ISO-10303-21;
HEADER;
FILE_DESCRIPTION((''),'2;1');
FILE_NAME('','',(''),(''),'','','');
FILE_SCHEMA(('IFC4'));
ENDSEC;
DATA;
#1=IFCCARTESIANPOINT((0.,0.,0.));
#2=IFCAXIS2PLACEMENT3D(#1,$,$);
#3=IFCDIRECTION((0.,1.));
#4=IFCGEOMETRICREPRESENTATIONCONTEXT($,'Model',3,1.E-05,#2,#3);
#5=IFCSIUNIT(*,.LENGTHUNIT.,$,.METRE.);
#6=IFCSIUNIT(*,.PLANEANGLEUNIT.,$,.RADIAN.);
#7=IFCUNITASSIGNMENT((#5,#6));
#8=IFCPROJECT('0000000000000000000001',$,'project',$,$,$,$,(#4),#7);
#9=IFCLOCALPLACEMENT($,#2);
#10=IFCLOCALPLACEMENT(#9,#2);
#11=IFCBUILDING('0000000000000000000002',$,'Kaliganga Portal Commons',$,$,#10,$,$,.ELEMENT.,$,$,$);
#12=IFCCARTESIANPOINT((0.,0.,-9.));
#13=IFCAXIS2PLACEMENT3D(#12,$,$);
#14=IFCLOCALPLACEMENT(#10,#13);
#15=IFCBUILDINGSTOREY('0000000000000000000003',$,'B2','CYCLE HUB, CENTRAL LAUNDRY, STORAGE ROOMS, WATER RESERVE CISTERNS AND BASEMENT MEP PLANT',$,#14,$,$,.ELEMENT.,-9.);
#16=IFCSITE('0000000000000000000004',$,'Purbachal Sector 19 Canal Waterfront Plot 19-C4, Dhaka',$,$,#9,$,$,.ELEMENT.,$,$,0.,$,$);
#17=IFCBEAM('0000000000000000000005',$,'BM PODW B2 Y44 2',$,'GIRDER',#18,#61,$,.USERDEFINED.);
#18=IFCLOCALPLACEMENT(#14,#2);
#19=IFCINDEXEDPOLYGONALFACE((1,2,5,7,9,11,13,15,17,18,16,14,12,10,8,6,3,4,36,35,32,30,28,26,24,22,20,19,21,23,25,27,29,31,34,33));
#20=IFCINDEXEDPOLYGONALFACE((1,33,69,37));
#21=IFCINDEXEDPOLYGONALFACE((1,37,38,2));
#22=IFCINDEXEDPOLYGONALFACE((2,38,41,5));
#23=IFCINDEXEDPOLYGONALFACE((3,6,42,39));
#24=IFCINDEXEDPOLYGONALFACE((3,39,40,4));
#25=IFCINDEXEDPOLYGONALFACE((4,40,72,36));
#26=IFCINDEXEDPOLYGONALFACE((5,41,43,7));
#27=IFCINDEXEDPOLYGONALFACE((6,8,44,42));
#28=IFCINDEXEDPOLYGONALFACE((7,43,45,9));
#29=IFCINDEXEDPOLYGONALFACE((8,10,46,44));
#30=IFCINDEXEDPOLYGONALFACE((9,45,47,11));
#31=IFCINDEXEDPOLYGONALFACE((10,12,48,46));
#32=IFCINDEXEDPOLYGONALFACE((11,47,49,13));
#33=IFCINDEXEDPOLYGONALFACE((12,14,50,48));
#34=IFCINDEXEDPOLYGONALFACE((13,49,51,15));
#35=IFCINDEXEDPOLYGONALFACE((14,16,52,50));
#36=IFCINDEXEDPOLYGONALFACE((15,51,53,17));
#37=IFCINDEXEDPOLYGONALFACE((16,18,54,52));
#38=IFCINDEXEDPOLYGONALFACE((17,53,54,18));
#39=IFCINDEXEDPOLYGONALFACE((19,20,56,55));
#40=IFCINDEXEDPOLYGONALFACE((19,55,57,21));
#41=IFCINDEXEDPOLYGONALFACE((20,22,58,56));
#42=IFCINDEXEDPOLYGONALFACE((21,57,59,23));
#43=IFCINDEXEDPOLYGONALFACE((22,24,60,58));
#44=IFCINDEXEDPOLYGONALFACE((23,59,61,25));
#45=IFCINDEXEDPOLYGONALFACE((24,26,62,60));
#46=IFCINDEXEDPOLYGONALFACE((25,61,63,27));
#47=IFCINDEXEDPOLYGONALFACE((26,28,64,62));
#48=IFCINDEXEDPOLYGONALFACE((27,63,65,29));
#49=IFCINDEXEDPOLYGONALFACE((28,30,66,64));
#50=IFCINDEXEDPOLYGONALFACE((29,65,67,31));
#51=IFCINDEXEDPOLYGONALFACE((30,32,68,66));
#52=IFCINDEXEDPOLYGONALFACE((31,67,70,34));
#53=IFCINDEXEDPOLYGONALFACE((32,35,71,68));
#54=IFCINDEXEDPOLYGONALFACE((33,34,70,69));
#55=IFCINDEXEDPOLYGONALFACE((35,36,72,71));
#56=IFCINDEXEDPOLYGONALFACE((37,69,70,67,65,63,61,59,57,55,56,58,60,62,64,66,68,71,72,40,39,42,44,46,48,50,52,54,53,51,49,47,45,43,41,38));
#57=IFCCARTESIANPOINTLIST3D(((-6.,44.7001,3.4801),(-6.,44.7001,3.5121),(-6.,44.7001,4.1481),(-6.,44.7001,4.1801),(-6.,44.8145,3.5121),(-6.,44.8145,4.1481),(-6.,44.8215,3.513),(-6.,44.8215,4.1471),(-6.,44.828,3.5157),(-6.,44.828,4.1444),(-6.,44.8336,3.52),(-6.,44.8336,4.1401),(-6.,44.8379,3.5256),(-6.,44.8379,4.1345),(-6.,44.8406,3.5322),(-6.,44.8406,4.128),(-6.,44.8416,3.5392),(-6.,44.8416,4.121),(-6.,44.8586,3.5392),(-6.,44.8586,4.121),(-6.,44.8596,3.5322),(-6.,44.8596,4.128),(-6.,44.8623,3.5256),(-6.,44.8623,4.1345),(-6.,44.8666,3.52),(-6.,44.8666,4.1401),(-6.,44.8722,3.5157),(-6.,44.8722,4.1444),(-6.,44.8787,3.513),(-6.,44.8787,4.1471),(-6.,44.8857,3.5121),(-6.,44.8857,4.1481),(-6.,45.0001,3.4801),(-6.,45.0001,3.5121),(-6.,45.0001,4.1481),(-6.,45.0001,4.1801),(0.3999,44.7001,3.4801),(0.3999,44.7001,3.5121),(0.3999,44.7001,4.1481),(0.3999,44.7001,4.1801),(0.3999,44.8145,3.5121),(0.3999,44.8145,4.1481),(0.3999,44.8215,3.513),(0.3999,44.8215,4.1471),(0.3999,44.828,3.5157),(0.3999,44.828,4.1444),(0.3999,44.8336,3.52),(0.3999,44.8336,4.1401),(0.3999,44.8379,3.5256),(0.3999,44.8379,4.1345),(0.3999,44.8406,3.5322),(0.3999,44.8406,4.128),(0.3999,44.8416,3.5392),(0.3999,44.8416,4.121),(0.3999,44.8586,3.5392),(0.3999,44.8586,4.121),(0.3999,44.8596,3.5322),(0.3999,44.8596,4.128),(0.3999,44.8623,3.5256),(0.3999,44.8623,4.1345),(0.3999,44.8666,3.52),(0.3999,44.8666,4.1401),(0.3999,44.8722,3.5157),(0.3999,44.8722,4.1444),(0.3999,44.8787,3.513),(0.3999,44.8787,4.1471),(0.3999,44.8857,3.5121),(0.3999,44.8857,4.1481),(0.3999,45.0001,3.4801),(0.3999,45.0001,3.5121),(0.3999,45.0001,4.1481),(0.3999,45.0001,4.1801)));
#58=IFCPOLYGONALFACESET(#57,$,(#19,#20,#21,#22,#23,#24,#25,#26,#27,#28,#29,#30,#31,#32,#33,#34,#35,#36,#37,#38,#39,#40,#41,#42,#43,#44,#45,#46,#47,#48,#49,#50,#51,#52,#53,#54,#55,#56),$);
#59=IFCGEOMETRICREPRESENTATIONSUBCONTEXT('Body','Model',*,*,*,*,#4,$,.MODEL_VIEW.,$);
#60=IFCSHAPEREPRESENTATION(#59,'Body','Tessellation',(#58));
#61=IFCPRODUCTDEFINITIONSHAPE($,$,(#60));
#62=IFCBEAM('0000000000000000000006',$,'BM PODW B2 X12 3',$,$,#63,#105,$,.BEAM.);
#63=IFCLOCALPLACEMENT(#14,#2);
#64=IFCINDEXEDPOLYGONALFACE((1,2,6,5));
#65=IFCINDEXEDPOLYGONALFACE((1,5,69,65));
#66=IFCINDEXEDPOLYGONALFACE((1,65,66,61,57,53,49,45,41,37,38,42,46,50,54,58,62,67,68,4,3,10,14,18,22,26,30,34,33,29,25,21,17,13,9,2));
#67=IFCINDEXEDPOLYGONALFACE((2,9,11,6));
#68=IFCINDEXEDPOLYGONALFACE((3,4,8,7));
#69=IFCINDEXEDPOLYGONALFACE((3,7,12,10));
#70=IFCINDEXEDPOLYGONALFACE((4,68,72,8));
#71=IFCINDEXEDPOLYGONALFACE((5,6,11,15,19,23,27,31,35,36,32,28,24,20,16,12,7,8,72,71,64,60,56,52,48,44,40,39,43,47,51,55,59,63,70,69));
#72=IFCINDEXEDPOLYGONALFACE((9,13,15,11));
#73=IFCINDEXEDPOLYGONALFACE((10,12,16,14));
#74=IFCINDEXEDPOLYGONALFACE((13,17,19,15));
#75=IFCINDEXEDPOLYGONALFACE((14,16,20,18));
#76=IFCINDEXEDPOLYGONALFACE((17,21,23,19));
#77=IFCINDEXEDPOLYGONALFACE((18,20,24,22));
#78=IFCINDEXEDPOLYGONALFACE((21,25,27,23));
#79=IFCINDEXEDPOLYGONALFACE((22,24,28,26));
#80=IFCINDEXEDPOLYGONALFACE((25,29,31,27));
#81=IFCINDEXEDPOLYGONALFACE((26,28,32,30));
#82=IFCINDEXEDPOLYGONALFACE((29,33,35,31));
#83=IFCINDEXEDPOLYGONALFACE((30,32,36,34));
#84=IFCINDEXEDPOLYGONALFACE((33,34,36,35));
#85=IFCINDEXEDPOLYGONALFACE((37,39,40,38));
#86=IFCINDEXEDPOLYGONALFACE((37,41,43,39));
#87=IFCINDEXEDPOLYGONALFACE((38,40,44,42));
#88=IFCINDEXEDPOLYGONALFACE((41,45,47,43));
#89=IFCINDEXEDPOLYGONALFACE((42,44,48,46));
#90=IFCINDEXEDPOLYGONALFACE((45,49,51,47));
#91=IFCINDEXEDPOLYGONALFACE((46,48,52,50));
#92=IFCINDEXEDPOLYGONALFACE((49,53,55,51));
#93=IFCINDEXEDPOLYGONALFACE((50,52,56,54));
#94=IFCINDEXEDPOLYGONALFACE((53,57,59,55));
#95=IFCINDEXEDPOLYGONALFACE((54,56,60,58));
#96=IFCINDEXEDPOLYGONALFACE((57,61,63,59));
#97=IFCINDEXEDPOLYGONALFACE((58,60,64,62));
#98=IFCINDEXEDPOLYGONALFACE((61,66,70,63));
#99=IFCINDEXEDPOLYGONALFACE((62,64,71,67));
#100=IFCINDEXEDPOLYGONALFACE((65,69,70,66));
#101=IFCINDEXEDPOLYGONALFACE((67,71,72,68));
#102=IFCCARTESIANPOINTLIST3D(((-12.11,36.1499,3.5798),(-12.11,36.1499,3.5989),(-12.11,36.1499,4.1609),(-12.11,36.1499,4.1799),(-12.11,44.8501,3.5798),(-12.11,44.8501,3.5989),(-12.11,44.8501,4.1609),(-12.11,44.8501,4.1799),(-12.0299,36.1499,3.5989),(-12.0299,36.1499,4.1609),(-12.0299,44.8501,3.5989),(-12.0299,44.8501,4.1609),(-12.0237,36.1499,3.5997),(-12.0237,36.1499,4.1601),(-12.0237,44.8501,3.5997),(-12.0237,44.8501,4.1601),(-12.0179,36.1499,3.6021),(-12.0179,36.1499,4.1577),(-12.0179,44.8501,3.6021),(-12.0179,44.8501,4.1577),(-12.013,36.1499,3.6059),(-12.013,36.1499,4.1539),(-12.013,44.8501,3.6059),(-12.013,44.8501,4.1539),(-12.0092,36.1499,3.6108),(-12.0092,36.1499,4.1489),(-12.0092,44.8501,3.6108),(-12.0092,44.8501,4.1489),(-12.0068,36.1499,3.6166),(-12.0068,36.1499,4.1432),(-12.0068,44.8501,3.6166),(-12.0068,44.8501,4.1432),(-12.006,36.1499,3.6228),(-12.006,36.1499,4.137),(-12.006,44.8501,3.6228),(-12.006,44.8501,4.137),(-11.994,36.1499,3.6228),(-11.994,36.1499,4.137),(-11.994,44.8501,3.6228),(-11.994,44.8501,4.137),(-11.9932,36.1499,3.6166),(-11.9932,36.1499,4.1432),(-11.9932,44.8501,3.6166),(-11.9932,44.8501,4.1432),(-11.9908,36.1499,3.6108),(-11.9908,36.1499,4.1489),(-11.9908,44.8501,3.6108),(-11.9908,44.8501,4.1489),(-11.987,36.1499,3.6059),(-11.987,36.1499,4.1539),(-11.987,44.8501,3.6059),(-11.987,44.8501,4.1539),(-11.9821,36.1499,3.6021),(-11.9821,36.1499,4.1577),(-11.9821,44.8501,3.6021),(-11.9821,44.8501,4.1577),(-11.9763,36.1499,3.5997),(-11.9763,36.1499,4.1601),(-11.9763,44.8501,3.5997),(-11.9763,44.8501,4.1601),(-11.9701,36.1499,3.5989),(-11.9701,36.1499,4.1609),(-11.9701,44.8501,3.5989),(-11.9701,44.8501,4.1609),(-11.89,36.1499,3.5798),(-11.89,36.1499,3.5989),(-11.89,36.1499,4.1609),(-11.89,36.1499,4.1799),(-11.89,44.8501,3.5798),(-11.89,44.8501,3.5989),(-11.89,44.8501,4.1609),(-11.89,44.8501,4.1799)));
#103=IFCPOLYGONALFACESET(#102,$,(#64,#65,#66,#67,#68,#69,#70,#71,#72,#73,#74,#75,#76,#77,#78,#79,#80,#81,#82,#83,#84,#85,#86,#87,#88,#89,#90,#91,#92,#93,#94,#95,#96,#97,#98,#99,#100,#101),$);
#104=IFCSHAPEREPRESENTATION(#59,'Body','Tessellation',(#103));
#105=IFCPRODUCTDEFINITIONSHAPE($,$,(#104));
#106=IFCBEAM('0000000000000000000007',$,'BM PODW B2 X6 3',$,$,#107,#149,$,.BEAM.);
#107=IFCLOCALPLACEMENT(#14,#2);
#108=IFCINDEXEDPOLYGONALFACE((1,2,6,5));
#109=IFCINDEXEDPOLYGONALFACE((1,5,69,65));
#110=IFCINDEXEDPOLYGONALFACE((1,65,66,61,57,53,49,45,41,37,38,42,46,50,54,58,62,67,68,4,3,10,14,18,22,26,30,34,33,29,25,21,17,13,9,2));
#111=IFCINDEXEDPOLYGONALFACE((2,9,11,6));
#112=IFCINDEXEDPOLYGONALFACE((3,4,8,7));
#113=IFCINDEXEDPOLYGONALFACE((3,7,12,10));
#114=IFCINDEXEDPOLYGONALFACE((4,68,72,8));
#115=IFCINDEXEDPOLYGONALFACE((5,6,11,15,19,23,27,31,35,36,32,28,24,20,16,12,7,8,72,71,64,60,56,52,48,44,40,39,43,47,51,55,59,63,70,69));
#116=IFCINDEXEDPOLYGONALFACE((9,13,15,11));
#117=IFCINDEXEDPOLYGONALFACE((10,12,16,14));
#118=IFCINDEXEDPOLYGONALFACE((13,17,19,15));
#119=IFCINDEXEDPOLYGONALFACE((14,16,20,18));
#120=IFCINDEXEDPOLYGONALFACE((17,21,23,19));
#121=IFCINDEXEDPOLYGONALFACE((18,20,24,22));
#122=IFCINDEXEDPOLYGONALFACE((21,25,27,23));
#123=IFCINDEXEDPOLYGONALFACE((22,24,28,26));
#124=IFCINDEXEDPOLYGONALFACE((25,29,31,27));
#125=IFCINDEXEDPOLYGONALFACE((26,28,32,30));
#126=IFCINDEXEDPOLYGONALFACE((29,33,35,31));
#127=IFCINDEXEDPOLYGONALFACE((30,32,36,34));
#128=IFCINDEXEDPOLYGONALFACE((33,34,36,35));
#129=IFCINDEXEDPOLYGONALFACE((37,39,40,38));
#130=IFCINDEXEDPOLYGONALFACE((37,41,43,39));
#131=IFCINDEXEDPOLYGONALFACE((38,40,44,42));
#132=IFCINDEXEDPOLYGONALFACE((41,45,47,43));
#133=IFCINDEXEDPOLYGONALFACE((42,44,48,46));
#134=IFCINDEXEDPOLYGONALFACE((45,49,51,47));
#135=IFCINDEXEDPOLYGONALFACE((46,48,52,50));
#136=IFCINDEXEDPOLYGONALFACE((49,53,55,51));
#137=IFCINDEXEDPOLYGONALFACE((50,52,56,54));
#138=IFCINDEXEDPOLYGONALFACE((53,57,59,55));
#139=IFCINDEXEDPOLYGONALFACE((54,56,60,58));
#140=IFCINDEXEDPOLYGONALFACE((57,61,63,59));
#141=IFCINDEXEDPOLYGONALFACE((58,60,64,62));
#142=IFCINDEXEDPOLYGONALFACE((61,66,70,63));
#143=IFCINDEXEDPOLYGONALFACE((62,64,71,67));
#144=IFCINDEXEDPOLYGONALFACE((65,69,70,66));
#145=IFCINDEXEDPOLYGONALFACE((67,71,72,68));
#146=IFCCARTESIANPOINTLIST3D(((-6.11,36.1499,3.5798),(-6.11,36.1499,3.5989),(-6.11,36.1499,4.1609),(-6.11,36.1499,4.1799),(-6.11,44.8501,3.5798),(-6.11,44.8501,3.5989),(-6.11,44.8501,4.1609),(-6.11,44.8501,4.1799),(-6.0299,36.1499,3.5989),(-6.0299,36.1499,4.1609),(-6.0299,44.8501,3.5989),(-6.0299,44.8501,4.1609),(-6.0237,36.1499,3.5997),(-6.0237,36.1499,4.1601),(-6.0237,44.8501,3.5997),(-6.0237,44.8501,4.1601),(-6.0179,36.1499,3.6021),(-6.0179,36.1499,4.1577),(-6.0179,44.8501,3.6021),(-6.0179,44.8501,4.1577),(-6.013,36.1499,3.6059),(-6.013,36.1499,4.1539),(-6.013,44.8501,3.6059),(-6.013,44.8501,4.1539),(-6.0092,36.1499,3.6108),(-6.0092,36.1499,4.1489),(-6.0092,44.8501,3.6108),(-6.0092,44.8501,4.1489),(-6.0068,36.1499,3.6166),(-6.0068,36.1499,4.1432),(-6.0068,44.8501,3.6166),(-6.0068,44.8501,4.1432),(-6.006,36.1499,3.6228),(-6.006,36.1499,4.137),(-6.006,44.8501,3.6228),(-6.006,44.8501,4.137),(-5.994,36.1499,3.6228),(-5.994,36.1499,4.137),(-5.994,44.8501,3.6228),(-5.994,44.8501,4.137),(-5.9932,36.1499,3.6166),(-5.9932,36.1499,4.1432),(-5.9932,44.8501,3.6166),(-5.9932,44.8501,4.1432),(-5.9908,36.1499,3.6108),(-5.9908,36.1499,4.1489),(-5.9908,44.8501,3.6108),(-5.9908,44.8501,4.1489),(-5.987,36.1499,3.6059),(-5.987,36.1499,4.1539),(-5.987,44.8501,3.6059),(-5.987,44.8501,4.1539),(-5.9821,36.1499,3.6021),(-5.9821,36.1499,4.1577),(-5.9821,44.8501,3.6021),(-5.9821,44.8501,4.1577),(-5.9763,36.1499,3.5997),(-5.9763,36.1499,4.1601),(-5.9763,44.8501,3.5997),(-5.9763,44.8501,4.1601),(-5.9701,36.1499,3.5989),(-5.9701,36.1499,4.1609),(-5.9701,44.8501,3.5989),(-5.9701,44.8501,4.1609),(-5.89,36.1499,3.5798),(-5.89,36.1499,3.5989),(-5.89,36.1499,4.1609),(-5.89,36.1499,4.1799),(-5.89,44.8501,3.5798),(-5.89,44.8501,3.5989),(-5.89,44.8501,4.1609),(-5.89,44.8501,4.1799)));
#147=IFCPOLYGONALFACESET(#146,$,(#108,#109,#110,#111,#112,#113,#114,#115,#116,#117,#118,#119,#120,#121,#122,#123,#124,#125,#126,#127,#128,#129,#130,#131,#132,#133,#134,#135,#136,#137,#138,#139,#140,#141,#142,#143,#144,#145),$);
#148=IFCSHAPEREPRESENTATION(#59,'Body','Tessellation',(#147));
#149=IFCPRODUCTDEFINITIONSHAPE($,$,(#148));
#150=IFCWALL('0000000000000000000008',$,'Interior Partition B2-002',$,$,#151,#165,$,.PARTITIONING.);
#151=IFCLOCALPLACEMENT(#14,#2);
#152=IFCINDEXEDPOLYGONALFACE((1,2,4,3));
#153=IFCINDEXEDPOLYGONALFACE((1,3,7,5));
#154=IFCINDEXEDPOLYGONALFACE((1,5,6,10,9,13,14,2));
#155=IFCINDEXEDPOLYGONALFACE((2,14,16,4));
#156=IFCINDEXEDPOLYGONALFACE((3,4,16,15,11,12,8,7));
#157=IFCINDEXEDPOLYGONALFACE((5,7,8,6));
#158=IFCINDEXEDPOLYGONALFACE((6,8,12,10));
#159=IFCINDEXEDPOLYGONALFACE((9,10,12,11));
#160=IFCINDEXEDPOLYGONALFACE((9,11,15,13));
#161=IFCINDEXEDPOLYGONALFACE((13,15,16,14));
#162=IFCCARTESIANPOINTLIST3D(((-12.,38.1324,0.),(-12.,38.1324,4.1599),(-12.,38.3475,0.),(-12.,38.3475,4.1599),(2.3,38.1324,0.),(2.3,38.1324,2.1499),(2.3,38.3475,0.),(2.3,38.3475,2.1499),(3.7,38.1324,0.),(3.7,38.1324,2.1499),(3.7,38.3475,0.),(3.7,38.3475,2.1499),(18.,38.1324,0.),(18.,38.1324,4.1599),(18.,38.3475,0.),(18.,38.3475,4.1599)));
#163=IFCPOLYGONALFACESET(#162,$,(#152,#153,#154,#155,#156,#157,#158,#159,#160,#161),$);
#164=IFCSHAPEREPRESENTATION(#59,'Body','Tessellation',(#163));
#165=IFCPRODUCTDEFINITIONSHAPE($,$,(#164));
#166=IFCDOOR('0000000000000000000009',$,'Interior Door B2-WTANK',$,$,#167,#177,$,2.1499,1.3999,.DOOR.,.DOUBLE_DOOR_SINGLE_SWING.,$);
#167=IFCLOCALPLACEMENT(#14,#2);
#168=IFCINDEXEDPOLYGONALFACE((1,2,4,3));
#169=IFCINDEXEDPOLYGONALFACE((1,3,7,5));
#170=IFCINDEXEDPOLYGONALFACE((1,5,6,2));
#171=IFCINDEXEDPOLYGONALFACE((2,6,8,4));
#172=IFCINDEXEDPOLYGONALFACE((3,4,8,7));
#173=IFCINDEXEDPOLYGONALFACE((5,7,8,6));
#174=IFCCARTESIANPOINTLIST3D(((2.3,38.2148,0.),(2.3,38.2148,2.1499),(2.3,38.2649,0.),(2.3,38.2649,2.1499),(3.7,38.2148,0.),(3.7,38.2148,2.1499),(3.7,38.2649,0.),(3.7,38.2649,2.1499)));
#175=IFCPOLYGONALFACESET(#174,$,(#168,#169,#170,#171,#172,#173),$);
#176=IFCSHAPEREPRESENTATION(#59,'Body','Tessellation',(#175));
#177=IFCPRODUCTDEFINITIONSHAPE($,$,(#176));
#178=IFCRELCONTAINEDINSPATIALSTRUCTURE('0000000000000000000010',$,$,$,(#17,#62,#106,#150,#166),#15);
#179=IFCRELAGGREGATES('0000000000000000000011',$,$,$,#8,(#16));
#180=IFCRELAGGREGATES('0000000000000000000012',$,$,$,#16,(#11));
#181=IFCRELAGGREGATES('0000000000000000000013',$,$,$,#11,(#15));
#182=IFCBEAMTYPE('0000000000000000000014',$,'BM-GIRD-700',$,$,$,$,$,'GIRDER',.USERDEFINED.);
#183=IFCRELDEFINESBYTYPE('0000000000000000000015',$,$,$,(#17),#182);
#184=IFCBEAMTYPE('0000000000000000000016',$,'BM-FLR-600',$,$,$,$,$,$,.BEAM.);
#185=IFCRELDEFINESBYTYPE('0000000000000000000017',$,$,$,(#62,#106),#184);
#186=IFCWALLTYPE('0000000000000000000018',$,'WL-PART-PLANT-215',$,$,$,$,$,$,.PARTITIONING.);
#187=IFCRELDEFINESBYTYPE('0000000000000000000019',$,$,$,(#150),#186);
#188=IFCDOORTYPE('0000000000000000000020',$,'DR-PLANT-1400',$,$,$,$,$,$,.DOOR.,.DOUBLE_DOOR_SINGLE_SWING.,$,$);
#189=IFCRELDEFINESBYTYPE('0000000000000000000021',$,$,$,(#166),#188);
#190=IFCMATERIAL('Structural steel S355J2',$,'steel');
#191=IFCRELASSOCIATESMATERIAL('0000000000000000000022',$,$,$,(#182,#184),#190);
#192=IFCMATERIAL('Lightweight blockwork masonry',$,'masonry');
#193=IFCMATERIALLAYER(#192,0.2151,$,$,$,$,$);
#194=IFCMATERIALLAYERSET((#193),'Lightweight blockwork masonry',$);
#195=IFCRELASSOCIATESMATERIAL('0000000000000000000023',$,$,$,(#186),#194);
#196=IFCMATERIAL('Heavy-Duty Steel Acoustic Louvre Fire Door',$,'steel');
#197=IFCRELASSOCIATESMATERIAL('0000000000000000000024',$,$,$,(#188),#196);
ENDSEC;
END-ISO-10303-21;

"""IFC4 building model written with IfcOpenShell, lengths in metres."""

from ifc_helpers import new_model, si_unit, direction, frame, frame_2d, origin, origin_2d, place, context, subcontext, project, spatial, rectangle, i_section, extrude, source, transform, mapped, material, layer, layer_set, material_profile, profile_set, type_object, element, fill, save


model = new_model("IFC4")

# Units and contexts
model_context = context("Model", 3, precision=1e-05, world=origin(), true_north=direction((0.0, 1.0)))
body_context = subcontext(model_context, "Body", "Model", "MODEL_VIEW")
ifc_project = project(units=[si_unit("LENGTHUNIT", "METRE"), si_unit("PLANEANGLEUNIT", "RADIAN")], contexts=[model_context])

# Site, building, storey
site_placement = place(None, origin())
site = spatial("IfcSite", under=ifc_project, at=site_placement, Name="Purbachal Sector 19 Canal Waterfront Plot 19-C4, Dhaka", CompositionType="ELEMENT", RefElevation=0.0)
building_placement = place(site_placement, origin())
building = spatial("IfcBuilding", under=site, at=building_placement, Name="Kaliganga Portal Commons", CompositionType="ELEMENT")
storey_placement = place(building_placement, frame((0.0, 0.0, -9.0)))
storey = spatial("IfcBuildingStorey", under=building, at=storey_placement, Name="B2", Description="CYCLE HUB, CENTRAL LAUNDRY, STORAGE ROOMS, WATER RESERVE CISTERNS AND BASEMENT MEP PLANT", CompositionType="ELEMENT", Elevation=-9.0)

# Beams
ifc_material_1 = material(Name="Structural steel S355J2", Category="steel")
ifc_material_profile_1 = material_profile(ifc_material_1, i_section(OverallWidth=0.3, OverallDepth=0.7, WebThickness=0.0171, FlangeThickness=0.032, FilletRadius=0.0271, at=origin_2d()), Name="HE 700 B")
ifc_profile_set_1 = profile_set([ifc_material_profile_1], Name="Structural steel S355J2 wide-flange")
beam_type_1 = type_object("IfcBeamType", Name="BM-GIRD-700", ElementType="GIRDER", PredefinedType="USERDEFINED", material=ifc_profile_set_1)
ifc_material_profile_2 = material_profile(ifc_material_1, i_section(OverallWidth=0.22, OverallDepth=0.6001, WebThickness=0.012, FlangeThickness=0.019, FilletRadius=0.0239, at=origin_2d()), Name="IPE 600")
ifc_profile_set_2 = profile_set([ifc_material_profile_2], Name="Structural steel S355J2 wide-flange")
beam_type_2 = type_object("IfcBeamType", Name="BM-FLR-600", PredefinedType="BEAM", material=ifc_profile_set_2)
shared_shape_1 = source(origin(), body_context, "Body", "SweptSolid", [
    extrude(i_section(OverallWidth=0.3, OverallDepth=0.7, WebThickness=0.0171, FlangeThickness=0.032, FilletRadius=0.0271, at=origin_2d()), origin(), (0.0, 0.0, 1.0), 6.3999),
])
for number, where, z_axis, x_axis, name in (
    (1, (-6.0, 44.8501, 3.8301), (1.0, 0.0, 0.0), (0.0, 1.0, 0.0), "BM PODW B2 Y44 2"),
):
    element("IfcBeam", number, at=place(storey_placement, frame(where, z_axis=z_axis, x_axis=x_axis)), inside=storey, type_object=beam_type_1, Name=name, ObjectType="GIRDER", PredefinedType="USERDEFINED", context=body_context, shape_type="MappedRepresentation", body=[
        mapped(shared_shape_1, transform((0.0, 0.0, 0.0), x_axis=(1.0, 0.0, 0.0), y_axis=(0.0, 1.0, 0.0), z_axis=(0.0, 0.0, 1.0), scale=1.0)),
    ])
shared_shape_2 = source(origin(), body_context, "Body", "SweptSolid", [
    extrude(i_section(OverallWidth=0.22, OverallDepth=0.6001, WebThickness=0.012, FlangeThickness=0.019, FilletRadius=0.0239, at=origin_2d()), origin(), (0.0, 0.0, 1.0), 8.7002),
])
for number, where, z_axis, x_axis, name in (
    (2, (-12.0, 36.1499, 3.8799), (0.0, 1.0, 0.0), (-1.0, 0.0, 0.0), "BM PODW B2 X12 3"),
    (3, (-6.0, 36.1499, 3.8799), (0.0, 1.0, 0.0), (-1.0, 0.0, 0.0), "BM PODW B2 X6 3"),
):
    element("IfcBeam", number, at=place(storey_placement, frame(where, z_axis=z_axis, x_axis=x_axis)), inside=storey, type_object=beam_type_2, Name=name, PredefinedType="BEAM", context=body_context, shape_type="MappedRepresentation", body=[
        mapped(shared_shape_2, transform((0.0, 0.0, 0.0), x_axis=(1.0, 0.0, 0.0), y_axis=(0.0, 1.0, 0.0), z_axis=(0.0, 0.0, 1.0), scale=1.0)),
    ])

# Wall, opening, door
ifc_material_2 = material(Name="Lightweight blockwork masonry", Category="masonry")
ifc_layer_1 = layer(ifc_material_2, 0.2151)
ifc_layer_set_1 = layer_set([ifc_layer_1], Name="Lightweight blockwork masonry")
wall_type_1 = type_object("IfcWallType", Name="WL-PART-PLANT-215", PredefinedType="PARTITIONING", material=ifc_layer_set_1)
wall_1_placement = place(storey_placement, frame((-12.0, 38.24, 0.0), z_axis=(0.0, 0.0, 1.0), x_axis=(1.0, 0.0, 0.0)))
wall_1 = element("IfcWall", 4, at=wall_1_placement, inside=storey, type_object=wall_type_1, Name="Interior Partition B2-002", PredefinedType="PARTITIONING", context=body_context, shape_type="SweptSolid", body=[
    extrude(rectangle(XDim=30.0, YDim=0.2151, at=frame_2d((15.0, 0.0))), origin(), (0.0, 0.0, 1.0), 4.1599),
])
opening_1_placement = place(wall_1_placement, frame((14.3, 0.0, 0.0)))
opening_1 = element("IfcOpeningElement", 5, at=opening_1_placement, cuts=wall_1, PredefinedType="OPENING", context=body_context, shape_type="SweptSolid", body=[
    extrude(rectangle(XDim=1.3999, YDim=2.1499, at=frame_2d((0.7, 1.075))), frame((0.0, 0.1177, 0.0), z_axis=(0.0, -1.0, 0.0), x_axis=(1.0, 0.0, 0.0)), (0.0, 0.0, 1.0), 0.2351),
])
ifc_material_3 = material(Name="Heavy-Duty Steel Acoustic Louvre Fire Door", Category="steel")
door_type = type_object("IfcDoorType", Name="DR-PLANT-1400", OperationType="DOUBLE_DOOR_SINGLE_SWING", PredefinedType="DOOR", material=ifc_material_3)
door_1_placement = place(opening_1_placement, origin())
door_1 = element("IfcDoor", 6, at=door_1_placement, inside=storey, type_object=door_type, Name="Interior Door B2-WTANK", OperationType="DOUBLE_DOOR_SINGLE_SWING", OverallHeight=2.1499, OverallWidth=1.3999, PredefinedType="DOOR", context=body_context, shape_type="SweptSolid", body=[
    extrude(rectangle(XDim=1.3999, YDim=2.1499, at=frame_2d((0.7, 1.075))), frame((0.0, 0.0249, 0.0), z_axis=(0.0, -1.0, 0.0), x_axis=(1.0, 0.0, 0.0)), (0.0, 0.0, 1.0), 0.05),
])
fill(opening_1, door_1)

save(model, "model.ifc")
